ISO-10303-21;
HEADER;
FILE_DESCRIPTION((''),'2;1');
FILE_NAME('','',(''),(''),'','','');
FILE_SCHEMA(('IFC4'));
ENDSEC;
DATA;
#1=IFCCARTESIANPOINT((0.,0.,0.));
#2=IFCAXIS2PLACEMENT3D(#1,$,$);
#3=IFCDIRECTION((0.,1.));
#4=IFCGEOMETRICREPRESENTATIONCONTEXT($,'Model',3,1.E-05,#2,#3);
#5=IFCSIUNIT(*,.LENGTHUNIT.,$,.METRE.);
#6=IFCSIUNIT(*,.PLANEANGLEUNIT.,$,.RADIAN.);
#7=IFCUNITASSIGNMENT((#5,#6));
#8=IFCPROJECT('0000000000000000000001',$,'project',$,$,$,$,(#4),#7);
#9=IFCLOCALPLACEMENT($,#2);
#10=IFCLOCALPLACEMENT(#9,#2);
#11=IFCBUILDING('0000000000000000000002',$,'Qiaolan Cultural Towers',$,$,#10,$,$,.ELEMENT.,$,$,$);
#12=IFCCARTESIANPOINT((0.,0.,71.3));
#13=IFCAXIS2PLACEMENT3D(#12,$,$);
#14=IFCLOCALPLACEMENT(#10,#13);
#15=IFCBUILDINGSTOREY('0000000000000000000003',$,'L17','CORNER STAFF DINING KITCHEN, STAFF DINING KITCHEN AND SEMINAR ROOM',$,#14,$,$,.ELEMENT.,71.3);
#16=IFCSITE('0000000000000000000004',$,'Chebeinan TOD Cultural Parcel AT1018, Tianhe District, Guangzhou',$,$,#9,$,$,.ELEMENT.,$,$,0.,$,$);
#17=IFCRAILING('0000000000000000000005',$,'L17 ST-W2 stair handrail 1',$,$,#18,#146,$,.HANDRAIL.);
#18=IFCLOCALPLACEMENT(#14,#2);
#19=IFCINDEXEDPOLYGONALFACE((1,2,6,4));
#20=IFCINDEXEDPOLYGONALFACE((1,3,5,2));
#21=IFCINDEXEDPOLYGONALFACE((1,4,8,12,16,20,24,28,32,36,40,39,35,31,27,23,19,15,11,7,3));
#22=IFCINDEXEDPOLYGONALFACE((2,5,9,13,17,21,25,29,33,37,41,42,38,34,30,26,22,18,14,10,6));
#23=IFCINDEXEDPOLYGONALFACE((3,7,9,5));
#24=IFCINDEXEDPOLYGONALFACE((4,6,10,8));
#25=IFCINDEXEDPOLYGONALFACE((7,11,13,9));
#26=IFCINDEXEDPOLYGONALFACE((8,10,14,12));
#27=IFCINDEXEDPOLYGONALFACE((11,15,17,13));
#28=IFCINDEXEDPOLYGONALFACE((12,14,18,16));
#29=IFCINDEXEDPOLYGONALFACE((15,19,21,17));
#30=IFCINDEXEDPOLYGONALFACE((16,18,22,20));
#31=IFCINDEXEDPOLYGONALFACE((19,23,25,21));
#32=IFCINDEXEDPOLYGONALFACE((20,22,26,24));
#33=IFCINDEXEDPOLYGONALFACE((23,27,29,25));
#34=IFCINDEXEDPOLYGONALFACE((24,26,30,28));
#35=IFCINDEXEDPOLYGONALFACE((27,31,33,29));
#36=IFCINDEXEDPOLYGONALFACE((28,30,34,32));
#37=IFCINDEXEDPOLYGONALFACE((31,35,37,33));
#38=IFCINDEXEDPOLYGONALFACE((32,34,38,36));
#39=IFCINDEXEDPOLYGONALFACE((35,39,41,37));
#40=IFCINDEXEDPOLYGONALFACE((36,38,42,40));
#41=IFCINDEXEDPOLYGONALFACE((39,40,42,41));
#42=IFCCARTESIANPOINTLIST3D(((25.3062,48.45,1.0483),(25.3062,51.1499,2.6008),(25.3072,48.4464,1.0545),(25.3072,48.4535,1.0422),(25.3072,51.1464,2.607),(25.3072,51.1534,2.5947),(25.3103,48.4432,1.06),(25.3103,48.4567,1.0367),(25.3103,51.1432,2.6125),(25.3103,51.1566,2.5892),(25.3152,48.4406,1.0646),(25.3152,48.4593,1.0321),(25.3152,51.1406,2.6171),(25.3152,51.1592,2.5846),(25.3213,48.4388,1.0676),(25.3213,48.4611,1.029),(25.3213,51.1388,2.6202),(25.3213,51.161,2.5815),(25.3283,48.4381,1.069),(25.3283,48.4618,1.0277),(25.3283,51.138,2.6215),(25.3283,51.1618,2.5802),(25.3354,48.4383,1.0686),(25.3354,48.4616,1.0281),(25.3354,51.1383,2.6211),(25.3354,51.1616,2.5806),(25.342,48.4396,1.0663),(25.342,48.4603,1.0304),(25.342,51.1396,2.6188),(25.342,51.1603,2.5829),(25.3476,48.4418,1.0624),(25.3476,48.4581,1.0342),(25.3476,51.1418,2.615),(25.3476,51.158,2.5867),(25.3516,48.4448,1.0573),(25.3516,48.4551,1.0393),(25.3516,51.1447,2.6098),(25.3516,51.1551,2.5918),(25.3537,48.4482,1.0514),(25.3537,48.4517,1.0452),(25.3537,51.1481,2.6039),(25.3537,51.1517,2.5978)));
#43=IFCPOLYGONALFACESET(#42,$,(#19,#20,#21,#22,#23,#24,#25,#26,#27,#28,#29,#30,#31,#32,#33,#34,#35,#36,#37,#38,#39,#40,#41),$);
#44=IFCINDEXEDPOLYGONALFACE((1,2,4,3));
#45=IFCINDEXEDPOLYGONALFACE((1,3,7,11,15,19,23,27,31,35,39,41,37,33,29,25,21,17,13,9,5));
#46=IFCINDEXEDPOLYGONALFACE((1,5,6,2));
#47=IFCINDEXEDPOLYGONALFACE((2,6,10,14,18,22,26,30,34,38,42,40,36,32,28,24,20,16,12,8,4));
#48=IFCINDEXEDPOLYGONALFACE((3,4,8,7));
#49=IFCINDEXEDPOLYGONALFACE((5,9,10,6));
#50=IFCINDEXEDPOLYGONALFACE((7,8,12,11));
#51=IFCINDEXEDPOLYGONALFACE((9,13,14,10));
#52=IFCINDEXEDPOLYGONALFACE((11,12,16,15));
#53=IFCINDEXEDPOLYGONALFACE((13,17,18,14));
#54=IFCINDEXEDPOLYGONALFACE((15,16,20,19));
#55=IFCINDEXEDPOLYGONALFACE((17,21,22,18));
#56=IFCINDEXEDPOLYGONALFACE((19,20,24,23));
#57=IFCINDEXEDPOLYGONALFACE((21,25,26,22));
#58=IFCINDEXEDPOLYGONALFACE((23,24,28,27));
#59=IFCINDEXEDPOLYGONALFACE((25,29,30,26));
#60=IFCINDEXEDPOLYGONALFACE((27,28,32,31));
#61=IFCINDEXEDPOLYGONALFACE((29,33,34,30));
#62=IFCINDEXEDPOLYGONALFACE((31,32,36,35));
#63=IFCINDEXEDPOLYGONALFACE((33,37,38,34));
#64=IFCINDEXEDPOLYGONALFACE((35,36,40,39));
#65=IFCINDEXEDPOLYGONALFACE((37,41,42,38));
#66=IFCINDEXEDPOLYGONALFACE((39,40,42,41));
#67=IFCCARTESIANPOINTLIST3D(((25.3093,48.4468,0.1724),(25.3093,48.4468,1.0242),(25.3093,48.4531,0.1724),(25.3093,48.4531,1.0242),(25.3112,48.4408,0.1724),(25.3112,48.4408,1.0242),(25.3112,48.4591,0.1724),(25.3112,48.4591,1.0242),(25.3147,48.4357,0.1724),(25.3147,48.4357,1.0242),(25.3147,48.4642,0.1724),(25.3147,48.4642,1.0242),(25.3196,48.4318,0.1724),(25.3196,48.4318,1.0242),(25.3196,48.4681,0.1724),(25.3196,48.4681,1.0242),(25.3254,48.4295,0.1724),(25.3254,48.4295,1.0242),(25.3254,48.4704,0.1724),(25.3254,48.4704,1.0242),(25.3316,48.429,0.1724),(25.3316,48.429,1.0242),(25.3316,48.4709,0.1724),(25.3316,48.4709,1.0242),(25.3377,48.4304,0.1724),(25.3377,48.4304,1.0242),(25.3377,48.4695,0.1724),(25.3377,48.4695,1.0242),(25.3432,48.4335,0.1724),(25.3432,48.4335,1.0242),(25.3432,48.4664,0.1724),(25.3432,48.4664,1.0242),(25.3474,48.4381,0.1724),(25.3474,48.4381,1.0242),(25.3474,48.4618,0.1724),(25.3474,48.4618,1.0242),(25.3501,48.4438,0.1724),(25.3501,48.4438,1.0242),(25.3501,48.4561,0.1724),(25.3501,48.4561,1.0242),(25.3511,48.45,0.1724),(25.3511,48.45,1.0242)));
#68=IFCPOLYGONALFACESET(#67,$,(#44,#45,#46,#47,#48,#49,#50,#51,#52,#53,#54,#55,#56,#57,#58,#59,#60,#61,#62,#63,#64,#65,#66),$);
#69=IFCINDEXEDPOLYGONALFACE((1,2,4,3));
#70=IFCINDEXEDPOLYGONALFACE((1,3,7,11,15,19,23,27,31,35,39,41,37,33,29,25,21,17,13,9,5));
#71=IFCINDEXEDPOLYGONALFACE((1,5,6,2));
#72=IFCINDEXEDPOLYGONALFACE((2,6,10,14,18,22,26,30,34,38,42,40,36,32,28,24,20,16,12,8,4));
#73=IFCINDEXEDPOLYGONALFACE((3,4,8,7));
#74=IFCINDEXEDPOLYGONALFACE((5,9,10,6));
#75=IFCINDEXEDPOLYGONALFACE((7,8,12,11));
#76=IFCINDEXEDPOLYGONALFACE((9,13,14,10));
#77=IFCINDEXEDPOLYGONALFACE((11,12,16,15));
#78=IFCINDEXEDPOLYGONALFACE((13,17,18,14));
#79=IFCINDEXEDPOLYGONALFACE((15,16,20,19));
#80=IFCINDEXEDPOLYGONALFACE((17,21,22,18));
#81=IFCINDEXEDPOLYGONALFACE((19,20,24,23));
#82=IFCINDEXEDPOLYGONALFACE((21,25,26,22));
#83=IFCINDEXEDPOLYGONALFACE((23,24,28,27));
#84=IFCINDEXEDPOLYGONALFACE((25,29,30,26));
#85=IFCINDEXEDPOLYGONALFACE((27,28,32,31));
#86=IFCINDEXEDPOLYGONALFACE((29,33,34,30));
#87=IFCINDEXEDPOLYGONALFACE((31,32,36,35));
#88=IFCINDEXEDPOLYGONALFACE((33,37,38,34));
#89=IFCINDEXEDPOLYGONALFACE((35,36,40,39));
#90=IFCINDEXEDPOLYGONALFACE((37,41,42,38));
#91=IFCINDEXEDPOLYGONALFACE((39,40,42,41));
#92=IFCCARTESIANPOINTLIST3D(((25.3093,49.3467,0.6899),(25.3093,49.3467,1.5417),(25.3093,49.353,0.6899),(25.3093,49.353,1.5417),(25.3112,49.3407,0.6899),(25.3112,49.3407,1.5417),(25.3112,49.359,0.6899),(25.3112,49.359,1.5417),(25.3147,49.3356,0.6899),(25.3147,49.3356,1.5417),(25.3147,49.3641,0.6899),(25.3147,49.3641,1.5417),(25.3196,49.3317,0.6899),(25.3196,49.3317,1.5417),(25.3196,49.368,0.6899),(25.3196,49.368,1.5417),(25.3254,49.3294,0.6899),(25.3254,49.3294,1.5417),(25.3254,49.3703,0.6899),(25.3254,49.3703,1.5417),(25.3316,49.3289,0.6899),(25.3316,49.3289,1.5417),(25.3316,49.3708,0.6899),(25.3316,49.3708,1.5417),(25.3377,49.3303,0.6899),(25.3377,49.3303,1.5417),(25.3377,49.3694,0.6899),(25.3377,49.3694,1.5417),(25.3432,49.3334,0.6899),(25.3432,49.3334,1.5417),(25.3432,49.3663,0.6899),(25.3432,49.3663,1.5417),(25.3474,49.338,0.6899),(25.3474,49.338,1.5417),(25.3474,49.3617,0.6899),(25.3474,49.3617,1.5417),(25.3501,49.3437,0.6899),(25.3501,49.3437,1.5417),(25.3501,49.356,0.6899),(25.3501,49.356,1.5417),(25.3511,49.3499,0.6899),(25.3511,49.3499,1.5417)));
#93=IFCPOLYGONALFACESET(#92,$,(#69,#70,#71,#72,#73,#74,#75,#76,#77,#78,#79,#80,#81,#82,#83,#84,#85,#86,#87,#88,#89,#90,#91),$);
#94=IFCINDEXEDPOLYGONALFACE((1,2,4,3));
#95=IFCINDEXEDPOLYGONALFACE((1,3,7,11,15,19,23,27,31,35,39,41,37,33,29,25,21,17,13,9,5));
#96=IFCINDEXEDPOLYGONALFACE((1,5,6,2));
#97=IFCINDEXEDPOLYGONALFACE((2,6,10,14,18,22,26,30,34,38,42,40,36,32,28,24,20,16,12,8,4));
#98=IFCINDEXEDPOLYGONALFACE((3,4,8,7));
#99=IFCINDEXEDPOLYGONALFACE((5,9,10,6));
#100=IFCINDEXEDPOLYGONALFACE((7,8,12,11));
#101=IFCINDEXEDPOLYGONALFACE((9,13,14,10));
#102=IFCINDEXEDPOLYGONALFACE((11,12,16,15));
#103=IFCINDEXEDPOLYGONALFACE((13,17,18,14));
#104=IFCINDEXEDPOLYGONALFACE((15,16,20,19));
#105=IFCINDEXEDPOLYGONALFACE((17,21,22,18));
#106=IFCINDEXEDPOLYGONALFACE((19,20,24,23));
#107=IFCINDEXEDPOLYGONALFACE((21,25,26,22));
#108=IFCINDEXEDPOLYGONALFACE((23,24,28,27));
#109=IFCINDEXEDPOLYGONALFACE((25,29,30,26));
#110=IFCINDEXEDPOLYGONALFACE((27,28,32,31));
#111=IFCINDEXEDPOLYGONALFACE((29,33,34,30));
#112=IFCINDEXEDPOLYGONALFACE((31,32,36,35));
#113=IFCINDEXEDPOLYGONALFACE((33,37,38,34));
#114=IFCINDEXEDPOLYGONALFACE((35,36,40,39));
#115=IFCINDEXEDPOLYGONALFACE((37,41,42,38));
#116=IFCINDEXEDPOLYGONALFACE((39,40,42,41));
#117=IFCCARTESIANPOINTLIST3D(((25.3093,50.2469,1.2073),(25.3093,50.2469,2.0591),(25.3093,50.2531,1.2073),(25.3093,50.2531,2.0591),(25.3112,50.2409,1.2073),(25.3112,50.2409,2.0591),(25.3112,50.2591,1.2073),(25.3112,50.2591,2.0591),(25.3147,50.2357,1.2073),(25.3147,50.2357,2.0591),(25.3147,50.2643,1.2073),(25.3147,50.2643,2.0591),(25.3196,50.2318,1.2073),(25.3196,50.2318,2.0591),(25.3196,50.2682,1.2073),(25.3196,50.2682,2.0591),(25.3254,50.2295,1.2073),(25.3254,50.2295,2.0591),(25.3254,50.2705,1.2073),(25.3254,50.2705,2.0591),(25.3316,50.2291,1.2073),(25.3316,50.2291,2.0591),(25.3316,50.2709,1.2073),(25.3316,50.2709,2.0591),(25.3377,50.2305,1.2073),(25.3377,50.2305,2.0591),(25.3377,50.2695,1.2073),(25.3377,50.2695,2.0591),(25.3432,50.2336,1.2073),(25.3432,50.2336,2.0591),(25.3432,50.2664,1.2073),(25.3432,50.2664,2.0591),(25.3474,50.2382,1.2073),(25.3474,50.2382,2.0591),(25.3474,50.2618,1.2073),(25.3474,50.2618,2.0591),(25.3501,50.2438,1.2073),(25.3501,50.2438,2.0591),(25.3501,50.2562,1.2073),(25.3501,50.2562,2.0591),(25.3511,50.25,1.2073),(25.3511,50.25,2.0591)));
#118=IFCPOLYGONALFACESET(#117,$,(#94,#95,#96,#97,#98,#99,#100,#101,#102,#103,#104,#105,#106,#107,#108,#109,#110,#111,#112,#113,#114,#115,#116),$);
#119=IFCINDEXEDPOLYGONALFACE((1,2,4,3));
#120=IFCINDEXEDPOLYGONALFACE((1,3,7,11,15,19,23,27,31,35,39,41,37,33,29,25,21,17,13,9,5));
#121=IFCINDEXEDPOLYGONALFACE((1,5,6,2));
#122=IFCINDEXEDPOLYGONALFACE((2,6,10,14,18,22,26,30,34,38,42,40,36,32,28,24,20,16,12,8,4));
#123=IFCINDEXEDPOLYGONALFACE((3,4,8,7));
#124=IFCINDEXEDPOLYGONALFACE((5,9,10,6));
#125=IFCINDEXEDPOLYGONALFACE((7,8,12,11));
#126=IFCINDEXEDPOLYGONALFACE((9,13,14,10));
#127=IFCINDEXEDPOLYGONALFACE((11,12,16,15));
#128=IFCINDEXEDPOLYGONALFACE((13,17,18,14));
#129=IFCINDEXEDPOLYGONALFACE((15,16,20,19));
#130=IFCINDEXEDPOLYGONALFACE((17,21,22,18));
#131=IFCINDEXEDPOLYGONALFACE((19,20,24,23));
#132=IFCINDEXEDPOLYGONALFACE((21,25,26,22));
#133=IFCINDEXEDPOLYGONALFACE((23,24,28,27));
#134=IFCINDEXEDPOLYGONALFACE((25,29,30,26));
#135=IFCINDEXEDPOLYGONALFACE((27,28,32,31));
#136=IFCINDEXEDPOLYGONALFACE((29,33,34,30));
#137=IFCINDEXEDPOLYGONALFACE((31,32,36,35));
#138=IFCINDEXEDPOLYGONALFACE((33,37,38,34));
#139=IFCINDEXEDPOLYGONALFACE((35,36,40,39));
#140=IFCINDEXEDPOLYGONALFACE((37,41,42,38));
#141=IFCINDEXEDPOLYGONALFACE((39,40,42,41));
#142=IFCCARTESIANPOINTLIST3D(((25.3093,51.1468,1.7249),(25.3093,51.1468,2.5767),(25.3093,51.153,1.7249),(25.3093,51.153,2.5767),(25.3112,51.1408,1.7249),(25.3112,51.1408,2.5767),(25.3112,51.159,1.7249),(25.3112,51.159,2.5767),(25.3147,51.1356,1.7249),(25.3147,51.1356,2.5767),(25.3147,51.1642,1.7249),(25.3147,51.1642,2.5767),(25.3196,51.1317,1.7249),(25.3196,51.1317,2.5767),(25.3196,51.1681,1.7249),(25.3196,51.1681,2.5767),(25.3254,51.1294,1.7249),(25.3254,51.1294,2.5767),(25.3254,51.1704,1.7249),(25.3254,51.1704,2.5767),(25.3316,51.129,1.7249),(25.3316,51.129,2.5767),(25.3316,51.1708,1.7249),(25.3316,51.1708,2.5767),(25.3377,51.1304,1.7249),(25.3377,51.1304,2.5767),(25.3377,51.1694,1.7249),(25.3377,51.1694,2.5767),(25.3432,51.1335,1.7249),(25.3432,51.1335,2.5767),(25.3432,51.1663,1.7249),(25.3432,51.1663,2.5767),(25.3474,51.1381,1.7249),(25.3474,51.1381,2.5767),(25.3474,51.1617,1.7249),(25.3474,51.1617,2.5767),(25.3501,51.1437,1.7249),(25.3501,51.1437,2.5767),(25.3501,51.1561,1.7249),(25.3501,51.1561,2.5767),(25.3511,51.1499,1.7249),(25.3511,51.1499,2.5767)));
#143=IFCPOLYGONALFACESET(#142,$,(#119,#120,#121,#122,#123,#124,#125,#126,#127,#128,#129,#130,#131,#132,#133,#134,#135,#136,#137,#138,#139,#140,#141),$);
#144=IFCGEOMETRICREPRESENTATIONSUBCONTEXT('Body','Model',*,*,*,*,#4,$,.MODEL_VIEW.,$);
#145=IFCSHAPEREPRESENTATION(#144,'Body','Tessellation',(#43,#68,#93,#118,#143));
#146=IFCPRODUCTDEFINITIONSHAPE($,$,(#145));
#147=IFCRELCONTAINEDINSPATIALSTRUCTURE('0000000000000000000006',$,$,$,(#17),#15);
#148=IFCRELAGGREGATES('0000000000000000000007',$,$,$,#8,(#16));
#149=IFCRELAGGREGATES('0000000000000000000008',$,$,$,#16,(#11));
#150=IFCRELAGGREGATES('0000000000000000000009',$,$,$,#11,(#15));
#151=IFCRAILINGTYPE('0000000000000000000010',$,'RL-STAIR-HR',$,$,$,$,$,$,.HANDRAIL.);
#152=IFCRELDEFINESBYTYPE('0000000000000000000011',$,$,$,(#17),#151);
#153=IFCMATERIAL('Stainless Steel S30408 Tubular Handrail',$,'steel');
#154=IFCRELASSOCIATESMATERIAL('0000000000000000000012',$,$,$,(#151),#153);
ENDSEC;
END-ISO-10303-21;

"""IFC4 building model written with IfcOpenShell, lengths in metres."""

from ifc_helpers import new_model, si_unit, direction, frame, origin, origin_2d, place, context, subcontext, project, spatial, circle, extrude, material, type_object, element, save


model = new_model("IFC4")

# Units and contexts
model_context = context("Model", 3, precision=1e-05, world=origin(), true_north=direction((0.0, 1.0)))
body_context = subcontext(model_context, "Body", "Model", "MODEL_VIEW")
ifc_project = project(units=[si_unit("LENGTHUNIT", "METRE"), si_unit("PLANEANGLEUNIT", "RADIAN")], contexts=[model_context])

# Site, building, storey
site_placement = place(None, origin())
site = spatial("IfcSite", under=ifc_project, at=site_placement, Name="Chebeinan TOD Cultural Parcel AT1018, Tianhe District, Guangzhou", CompositionType="ELEMENT", RefElevation=0.0)
building_placement = place(site_placement, origin())
building = spatial("IfcBuilding", under=site, at=building_placement, Name="Qiaolan Cultural Towers", CompositionType="ELEMENT")
storey_placement = place(building_placement, frame((0.0, 0.0, 71.3)))
storey = spatial("IfcBuildingStorey", under=building, at=storey_placement, Name="L17", Description="CORNER STAFF DINING KITCHEN, STAFF DINING KITCHEN AND SEMINAR ROOM", CompositionType="ELEMENT", Elevation=71.3)

# Railing
ifc_material_1 = material(Name="Stainless Steel S30408 Tubular Handrail", Category="steel")
railing_type = type_object("IfcRailingType", Name="RL-STAIR-HR", PredefinedType="HANDRAIL", material=ifc_material_1)
railing_placement = place(storey_placement, frame((25.3301, 48.45, 0.1724)))
element("IfcRailing", 1, at=railing_placement, inside=storey, type_object=railing_type, Name="L17 ST-W2 stair handrail 1", PredefinedType="HANDRAIL", context=body_context, shape_type="SweptSolid", body=[
    extrude(circle(Radius=0.0239, at=origin_2d()), frame((0.0, 0.0, 0.876), z_axis=(0.0, 0.866904, 0.498476), x_axis=(-1.0, 0.0, 0.0)), (0.0, 0.0, 1.0), 3.1145),
    extrude(circle(Radius=0.021, at=origin_2d()), origin(), (0.0, 0.0, 1.0), 0.8518),
    extrude(circle(Radius=0.021, at=origin_2d()), frame((0.0, 0.8999, 0.5176)), (0.0, 0.0, 1.0), 0.8518),
    extrude(circle(Radius=0.021, at=origin_2d()), frame((0.0, 1.8, 1.0349)), (0.0, 0.0, 1.0), 0.8518),
    extrude(circle(Radius=0.021, at=origin_2d()), frame((0.0, 2.7, 1.5525)), (0.0, 0.0, 1.0), 0.8518),
])

save(model, "model.ifc")
